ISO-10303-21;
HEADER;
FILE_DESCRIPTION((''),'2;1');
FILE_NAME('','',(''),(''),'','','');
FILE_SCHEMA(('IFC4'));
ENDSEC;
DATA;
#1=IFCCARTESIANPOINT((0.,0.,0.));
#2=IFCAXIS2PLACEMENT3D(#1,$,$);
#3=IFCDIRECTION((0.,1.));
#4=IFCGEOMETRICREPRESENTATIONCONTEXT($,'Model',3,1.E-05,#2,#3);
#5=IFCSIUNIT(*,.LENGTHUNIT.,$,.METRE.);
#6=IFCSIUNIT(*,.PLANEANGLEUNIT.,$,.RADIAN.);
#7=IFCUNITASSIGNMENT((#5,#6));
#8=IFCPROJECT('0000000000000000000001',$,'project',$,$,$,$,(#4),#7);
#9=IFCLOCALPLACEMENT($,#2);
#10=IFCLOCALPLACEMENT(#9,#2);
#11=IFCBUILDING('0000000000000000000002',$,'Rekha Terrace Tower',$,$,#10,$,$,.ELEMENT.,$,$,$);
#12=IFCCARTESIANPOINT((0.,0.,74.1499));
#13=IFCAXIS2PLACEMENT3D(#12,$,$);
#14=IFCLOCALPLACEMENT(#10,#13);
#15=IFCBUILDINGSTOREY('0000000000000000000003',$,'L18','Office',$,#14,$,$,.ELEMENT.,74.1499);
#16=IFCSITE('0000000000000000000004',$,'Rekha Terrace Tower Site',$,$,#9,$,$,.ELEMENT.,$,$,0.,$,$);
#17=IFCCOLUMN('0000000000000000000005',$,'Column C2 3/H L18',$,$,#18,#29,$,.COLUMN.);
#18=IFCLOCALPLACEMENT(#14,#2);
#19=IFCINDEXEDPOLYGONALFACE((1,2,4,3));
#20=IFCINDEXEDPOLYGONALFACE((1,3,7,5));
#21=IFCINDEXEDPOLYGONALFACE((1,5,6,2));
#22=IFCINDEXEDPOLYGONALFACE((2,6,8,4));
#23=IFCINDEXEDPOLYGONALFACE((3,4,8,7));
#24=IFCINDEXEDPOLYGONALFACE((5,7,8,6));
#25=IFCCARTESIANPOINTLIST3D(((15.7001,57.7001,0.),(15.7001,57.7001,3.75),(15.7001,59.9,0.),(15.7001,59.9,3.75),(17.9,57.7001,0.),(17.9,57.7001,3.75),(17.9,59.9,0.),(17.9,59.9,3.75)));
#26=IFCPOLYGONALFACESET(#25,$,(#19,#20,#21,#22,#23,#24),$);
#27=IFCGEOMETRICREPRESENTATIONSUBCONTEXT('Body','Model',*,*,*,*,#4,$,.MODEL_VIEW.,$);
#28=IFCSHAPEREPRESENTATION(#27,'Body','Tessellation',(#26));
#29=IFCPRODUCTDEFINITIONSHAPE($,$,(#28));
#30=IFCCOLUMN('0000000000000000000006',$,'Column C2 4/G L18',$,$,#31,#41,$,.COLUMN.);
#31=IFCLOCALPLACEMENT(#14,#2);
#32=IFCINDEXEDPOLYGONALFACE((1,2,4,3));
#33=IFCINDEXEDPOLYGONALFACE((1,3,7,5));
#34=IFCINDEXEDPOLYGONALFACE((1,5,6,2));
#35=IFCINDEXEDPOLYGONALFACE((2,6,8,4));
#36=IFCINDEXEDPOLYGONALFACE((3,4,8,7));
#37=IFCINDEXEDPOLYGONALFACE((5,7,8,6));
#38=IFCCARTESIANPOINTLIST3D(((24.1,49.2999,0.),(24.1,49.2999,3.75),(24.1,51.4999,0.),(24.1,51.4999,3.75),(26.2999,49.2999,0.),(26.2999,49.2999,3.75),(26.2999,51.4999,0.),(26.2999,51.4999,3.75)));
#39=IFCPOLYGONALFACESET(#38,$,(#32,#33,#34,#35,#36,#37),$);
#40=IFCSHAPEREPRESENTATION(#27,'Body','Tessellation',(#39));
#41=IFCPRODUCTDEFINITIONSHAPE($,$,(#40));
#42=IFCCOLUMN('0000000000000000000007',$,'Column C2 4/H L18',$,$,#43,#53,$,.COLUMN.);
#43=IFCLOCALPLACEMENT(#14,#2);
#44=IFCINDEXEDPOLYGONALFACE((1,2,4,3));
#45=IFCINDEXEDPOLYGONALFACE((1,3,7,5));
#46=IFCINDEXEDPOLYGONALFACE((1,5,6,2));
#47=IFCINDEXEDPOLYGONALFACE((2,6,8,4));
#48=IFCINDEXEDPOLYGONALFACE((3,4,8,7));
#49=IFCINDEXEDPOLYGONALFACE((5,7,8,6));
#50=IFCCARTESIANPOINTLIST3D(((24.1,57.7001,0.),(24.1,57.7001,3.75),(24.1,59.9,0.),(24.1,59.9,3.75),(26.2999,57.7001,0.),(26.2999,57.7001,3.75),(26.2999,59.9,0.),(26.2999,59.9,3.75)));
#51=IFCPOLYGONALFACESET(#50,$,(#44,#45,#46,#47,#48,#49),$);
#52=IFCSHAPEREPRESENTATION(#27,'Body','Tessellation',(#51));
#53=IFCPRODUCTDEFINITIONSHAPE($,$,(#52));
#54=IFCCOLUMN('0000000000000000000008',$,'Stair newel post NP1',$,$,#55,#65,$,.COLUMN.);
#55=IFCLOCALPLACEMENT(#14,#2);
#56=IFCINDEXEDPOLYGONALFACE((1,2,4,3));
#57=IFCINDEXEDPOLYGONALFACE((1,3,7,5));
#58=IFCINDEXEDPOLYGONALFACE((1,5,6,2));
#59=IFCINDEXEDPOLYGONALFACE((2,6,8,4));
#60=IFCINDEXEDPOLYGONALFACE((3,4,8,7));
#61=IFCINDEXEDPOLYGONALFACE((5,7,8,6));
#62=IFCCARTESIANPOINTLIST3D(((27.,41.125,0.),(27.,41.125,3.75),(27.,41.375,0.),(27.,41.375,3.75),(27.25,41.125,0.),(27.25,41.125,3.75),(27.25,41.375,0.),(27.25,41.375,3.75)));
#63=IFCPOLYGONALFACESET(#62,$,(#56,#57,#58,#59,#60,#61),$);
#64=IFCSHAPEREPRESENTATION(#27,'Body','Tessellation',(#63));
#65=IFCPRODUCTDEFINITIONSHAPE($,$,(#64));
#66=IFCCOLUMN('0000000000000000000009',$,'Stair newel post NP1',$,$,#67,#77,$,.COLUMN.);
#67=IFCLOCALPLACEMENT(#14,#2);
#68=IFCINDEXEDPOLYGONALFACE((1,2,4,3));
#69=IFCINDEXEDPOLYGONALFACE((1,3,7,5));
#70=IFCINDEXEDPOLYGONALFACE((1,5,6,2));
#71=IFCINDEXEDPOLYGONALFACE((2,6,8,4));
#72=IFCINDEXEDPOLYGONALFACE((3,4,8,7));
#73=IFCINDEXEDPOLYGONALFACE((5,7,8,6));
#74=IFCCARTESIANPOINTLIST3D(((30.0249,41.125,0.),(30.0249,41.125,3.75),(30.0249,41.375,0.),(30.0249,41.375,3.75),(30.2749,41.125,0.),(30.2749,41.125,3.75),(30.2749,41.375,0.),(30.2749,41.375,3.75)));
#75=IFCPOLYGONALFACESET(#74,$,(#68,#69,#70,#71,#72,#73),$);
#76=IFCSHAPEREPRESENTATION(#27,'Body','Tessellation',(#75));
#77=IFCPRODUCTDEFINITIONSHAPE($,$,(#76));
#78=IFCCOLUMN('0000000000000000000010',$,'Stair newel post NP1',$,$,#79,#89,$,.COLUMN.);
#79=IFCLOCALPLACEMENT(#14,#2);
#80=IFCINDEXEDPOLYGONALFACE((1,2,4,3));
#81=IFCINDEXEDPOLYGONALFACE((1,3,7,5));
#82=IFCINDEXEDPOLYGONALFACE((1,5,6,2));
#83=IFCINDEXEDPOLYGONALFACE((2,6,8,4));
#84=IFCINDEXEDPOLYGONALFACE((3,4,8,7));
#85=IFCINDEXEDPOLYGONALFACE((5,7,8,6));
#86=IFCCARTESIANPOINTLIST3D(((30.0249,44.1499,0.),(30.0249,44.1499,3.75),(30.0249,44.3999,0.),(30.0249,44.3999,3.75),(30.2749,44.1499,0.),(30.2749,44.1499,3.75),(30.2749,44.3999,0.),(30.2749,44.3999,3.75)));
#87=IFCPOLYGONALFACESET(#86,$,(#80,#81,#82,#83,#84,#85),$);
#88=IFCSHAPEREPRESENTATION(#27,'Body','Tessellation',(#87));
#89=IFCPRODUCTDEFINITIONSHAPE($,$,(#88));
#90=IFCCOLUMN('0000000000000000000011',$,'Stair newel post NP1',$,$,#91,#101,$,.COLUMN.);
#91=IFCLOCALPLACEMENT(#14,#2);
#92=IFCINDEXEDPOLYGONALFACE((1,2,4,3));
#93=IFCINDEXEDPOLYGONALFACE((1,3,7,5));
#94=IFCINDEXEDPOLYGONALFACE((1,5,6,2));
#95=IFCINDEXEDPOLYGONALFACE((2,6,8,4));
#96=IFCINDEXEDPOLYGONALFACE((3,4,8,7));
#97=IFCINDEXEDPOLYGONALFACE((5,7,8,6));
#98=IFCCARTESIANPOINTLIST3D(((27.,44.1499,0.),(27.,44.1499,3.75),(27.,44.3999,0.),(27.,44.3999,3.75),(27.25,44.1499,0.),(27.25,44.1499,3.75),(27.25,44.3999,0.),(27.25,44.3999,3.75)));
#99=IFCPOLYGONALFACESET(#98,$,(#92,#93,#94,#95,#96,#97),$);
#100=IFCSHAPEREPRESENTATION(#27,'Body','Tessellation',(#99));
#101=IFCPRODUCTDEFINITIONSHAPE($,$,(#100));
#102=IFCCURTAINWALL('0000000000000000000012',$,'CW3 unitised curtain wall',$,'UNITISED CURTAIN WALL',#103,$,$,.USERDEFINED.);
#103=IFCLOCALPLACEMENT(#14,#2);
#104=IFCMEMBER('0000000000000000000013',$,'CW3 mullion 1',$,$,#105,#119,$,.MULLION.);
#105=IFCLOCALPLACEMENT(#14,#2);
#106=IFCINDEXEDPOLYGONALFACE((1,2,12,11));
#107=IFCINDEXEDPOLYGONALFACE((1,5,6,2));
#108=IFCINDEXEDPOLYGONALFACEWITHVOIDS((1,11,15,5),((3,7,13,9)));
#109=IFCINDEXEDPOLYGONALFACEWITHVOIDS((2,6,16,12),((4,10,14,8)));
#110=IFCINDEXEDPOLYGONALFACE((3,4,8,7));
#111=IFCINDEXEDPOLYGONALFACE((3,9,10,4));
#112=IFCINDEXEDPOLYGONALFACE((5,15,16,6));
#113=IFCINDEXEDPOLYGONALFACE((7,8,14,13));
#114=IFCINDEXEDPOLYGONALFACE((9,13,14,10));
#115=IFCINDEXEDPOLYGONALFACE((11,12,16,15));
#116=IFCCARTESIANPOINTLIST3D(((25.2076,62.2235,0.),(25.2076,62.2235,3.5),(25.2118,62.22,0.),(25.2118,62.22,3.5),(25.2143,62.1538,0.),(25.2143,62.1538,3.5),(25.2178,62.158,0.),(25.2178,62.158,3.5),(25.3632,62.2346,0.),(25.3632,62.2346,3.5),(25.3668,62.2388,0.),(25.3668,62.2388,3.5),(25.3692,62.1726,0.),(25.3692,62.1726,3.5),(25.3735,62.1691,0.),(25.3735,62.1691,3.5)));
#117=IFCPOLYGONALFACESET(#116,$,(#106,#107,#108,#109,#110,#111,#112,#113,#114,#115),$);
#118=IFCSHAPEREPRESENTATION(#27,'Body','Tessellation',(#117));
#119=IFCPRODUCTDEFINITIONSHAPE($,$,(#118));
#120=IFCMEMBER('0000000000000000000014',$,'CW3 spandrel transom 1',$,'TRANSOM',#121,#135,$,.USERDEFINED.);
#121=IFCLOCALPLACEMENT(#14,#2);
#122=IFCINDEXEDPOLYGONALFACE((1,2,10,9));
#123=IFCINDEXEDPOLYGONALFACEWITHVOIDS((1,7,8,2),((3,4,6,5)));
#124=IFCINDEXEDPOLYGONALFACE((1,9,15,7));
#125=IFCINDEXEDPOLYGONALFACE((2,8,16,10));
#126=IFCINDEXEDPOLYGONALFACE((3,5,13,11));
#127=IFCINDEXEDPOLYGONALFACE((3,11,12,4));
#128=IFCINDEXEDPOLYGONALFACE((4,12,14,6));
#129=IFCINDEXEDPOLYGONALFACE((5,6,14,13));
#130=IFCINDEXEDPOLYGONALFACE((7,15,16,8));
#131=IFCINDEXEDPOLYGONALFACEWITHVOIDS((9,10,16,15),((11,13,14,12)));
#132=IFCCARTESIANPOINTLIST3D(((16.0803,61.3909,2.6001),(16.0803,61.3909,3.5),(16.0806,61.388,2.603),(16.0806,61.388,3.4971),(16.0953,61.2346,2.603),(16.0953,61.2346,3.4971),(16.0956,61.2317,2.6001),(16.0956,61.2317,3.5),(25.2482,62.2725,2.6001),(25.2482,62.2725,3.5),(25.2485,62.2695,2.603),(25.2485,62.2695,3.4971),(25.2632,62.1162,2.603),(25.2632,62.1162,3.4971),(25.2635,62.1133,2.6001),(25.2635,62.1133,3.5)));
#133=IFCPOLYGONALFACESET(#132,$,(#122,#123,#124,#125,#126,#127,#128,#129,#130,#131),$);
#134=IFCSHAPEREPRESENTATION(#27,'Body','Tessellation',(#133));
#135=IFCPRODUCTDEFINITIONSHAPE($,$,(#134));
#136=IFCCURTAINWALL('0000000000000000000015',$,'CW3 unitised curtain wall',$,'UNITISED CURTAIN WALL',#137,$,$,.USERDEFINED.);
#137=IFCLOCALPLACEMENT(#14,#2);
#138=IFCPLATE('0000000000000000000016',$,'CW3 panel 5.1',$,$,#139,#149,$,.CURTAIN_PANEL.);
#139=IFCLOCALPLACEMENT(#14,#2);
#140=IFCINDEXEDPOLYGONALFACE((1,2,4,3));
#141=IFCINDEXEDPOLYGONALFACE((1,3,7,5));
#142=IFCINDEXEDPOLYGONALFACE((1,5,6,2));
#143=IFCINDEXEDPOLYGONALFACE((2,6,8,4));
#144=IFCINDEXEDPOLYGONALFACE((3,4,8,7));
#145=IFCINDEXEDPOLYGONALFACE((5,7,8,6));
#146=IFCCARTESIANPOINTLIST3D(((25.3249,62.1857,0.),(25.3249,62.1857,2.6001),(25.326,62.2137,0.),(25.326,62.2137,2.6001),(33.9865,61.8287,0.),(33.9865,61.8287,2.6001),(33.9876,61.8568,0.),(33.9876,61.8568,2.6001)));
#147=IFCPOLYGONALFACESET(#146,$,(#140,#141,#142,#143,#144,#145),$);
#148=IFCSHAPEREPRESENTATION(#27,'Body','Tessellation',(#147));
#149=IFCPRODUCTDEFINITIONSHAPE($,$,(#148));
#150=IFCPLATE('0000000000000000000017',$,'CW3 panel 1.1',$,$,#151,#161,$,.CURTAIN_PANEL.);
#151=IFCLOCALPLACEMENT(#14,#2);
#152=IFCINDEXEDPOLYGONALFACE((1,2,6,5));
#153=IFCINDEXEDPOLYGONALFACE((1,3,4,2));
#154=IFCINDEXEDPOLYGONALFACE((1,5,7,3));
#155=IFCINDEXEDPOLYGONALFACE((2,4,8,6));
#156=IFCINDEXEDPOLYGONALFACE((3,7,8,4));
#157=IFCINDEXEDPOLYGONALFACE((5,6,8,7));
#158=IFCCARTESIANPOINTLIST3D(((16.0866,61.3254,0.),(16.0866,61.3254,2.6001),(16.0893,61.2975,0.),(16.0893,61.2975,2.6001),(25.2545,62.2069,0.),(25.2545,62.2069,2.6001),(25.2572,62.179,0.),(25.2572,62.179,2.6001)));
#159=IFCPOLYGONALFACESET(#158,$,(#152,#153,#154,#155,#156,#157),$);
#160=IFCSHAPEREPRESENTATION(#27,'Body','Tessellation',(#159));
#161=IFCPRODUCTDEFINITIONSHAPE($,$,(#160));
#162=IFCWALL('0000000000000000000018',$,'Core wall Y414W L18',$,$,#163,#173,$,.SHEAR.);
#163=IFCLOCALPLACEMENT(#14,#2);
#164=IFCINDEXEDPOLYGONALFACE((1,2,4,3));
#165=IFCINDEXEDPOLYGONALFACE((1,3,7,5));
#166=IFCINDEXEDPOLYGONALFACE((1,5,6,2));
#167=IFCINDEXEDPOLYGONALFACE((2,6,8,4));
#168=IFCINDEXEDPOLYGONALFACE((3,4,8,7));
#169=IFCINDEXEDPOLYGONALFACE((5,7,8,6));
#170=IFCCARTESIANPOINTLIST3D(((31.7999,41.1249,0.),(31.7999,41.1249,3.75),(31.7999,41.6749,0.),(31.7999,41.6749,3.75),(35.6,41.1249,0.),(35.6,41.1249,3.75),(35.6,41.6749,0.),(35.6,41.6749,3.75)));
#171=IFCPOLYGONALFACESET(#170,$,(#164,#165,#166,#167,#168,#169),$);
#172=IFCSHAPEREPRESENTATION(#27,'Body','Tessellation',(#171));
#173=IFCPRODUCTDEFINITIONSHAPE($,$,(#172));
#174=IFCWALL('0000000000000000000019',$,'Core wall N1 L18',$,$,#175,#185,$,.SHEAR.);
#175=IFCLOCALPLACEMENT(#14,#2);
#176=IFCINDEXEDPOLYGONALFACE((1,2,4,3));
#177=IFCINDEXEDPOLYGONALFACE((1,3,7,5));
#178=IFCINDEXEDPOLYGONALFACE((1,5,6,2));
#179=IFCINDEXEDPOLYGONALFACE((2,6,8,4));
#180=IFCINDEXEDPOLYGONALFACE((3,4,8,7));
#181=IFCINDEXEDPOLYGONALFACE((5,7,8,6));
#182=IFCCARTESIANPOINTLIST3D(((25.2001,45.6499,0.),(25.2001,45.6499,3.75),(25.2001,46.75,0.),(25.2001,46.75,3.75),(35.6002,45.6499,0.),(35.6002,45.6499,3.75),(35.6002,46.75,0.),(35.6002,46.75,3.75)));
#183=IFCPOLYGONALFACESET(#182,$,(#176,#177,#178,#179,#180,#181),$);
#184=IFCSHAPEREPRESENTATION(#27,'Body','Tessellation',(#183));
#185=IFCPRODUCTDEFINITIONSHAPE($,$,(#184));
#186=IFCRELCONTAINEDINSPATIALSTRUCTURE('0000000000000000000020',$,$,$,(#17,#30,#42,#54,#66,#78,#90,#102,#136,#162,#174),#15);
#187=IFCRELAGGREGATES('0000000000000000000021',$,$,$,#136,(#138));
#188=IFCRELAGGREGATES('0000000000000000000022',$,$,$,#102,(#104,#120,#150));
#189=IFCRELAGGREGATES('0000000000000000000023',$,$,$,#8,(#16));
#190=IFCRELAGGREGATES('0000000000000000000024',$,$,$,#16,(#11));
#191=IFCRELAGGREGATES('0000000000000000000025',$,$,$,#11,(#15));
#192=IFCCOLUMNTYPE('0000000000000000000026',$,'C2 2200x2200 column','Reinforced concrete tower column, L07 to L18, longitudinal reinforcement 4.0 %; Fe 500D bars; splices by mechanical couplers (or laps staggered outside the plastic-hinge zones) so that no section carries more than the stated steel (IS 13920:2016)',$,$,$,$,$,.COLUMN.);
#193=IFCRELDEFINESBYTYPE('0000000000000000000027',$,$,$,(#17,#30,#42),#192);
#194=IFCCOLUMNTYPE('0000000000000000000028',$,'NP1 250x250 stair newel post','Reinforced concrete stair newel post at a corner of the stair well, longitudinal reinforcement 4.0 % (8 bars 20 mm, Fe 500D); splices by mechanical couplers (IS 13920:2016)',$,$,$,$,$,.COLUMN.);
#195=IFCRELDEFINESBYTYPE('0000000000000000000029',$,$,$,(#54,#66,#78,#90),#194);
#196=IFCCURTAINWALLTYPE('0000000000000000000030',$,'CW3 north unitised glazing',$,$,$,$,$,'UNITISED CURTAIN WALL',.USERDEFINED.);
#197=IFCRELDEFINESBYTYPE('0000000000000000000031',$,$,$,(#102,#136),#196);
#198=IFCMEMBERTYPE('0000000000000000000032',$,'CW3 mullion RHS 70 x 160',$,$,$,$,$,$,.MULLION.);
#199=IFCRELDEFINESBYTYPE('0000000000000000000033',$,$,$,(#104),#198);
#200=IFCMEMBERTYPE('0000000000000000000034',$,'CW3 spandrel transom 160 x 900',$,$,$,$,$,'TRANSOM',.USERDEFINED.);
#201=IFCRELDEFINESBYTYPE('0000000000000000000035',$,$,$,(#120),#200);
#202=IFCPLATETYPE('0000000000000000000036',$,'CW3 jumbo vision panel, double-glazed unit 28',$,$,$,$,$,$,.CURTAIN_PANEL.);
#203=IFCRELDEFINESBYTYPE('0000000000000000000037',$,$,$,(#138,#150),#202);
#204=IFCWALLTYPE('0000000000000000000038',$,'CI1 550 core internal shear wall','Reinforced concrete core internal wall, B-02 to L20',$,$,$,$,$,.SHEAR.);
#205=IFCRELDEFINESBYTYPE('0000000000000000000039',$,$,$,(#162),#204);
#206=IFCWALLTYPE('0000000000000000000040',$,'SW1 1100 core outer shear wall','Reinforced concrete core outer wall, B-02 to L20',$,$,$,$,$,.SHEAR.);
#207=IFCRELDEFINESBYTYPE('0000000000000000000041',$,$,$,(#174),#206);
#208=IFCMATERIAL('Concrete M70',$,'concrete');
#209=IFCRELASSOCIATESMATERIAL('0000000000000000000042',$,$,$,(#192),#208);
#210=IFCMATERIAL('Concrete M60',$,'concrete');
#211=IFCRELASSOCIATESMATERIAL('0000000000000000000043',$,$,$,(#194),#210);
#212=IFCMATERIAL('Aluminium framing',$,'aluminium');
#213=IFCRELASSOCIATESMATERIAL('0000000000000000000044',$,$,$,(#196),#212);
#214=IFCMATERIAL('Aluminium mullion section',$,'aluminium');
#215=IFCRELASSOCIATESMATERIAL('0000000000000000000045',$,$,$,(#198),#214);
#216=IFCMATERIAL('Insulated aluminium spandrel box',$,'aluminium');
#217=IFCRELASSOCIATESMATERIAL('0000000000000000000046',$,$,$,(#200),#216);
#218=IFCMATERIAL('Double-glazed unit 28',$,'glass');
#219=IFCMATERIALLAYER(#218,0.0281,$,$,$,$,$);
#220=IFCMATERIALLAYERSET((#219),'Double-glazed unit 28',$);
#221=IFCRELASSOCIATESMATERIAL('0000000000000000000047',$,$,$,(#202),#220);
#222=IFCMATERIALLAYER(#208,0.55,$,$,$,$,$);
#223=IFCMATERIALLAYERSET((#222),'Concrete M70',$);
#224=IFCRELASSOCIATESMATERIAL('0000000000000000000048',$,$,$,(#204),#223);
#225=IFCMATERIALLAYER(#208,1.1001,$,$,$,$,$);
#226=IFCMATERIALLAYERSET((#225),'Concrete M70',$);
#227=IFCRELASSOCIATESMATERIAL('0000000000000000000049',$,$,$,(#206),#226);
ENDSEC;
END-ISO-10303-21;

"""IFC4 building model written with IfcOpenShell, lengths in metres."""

from ifc_helpers import new_model, si_unit, direction, frame, frame_2d, origin, origin_2d, place, context, subcontext, project, spatial, rectangle, hollow_rectangle, extrude, material, layer, layer_set, material_profile, profile_set, type_object, element, aggregate, save


model = new_model("IFC4")

# Units and contexts
model_context = context("Model", 3, precision=1e-05, world=origin(), true_north=direction((0.0, 1.0)))
body_context = subcontext(model_context, "Body", "Model", "MODEL_VIEW")
ifc_project = project(units=[si_unit("LENGTHUNIT", "METRE"), si_unit("PLANEANGLEUNIT", "RADIAN")], contexts=[model_context])

# Site, building, storey
site_placement = place(None, origin())
site = spatial("IfcSite", under=ifc_project, at=site_placement, Name="Rekha Terrace Tower Site", CompositionType="ELEMENT", RefElevation=0.0)
building_placement = place(site_placement, origin())
building = spatial("IfcBuilding", under=site, at=building_placement, Name="Rekha Terrace Tower", CompositionType="ELEMENT")
storey_placement = place(building_placement, frame((0.0, 0.0, 74.1499)))
storey = spatial("IfcBuildingStorey", under=building, at=storey_placement, Name="L18", Description="Office", CompositionType="ELEMENT", Elevation=74.1499)

# Columns
ifc_material_1 = material(Name="Concrete M70", Category="concrete")
ifc_material_profile_1 = material_profile(ifc_material_1, rectangle(XDim=2.2, YDim=2.2, at=origin_2d()), Name="RC 2200x2200")
ifc_profile_set_1 = profile_set([ifc_material_profile_1], Name="Concrete M70")
column_type_1 = type_object("IfcColumnType", Name="C2 2200x2200 column", Description="Reinforced concrete tower column, L07 to L18, longitudinal reinforcement 4.0 %; Fe 500D bars; splices by mechanical couplers (or laps staggered outside the plastic-hinge zones) so that no section carries more than the stated steel (IS 13920:2016)", PredefinedType="COLUMN", material=ifc_profile_set_1)
for number, where, z_axis, x_axis, name in (
    (1, (16.8, 58.8, 0.0), (0.0, 0.0, 1.0), (1.0, 0.0, 0.0), "Column C2 3/H L18"),
    (2, (25.2, 50.3999, 0.0), (0.0, 0.0, 1.0), (1.0, 0.0, 0.0), "Column C2 4/G L18"),
    (3, (25.2, 58.8, 0.0), (0.0, 0.0, 1.0), (1.0, 0.0, 0.0), "Column C2 4/H L18"),
):
    element("IfcColumn", number, at=place(storey_placement, frame(where, z_axis=z_axis, x_axis=x_axis)), inside=storey, type_object=column_type_1, Name=name, PredefinedType="COLUMN", context=body_context, shape_type="SweptSolid", body=[
        extrude(rectangle(XDim=2.2, YDim=2.2, at=origin_2d()), origin(), (0.0, 0.0, 1.0), 3.75),
    ])
ifc_material_2 = material(Name="Concrete M60", Category="concrete")
ifc_material_profile_2 = material_profile(ifc_material_2, rectangle(XDim=0.25, YDim=0.25, at=origin_2d()), Name="RC 250x250")
ifc_profile_set_2 = profile_set([ifc_material_profile_2], Name="Concrete M60")
column_type_2 = type_object("IfcColumnType", Name="NP1 250x250 stair newel post", Description="Reinforced concrete stair newel post at a corner of the stair well, longitudinal reinforcement 4.0 % (8 bars 20 mm, Fe 500D); splices by mechanical couplers (IS 13920:2016)", PredefinedType="COLUMN", material=ifc_profile_set_2)
for number, where, z_axis, x_axis, name in (
    (4, (27.125, 41.25, 0.0), (0.0, 0.0, 1.0), (1.0, 0.0, 0.0), "Stair newel post NP1"),
    (5, (30.1499, 41.25, 0.0), (0.0, 0.0, 1.0), (1.0, 0.0, 0.0), "Stair newel post NP1"),
    (6, (30.1499, 44.2749, 0.0), (0.0, 0.0, 1.0), (1.0, 0.0, 0.0), "Stair newel post NP1"),
    (7, (27.125, 44.2749, 0.0), (0.0, 0.0, 1.0), (1.0, 0.0, 0.0), "Stair newel post NP1"),
):
    element("IfcColumn", number, at=place(storey_placement, frame(where, z_axis=z_axis, x_axis=x_axis)), inside=storey, type_object=column_type_2, Name=name, PredefinedType="COLUMN", context=body_context, shape_type="SweptSolid", body=[
        extrude(rectangle(XDim=0.25, YDim=0.25, at=origin_2d()), origin(), (0.0, 0.0, 1.0), 3.75),
    ])

# Curtain wall, members
ifc_material_3 = material(Name="Aluminium framing", Category="aluminium")
curtain_wall_type = type_object("IfcCurtainWallType", Name="CW3 north unitised glazing", ElementType="UNITISED CURTAIN WALL", PredefinedType="USERDEFINED", material=ifc_material_3)
curtain_wall_1_placement = place(storey_placement, origin())
curtain_wall_1 = element("IfcCurtainWall", 8, at=curtain_wall_1_placement, inside=storey, type_object=curtain_wall_type, Name="CW3 unitised curtain wall", ObjectType="UNITISED CURTAIN WALL", PredefinedType="USERDEFINED")
ifc_material_4 = material(Name="Aluminium mullion section", Category="aluminium")
ifc_material_profile_3 = material_profile(ifc_material_4, hollow_rectangle(XDim=0.0701, YDim=0.1599, WallThickness=0.0039, at=origin_2d()), Name="AL RHS 70x160")
ifc_profile_set_3 = profile_set([ifc_material_profile_3], Name="Aluminium mullion section")
member_type_1 = type_object("IfcMemberType", Name="CW3 mullion RHS 70 x 160", PredefinedType="MULLION", material=ifc_profile_set_3)
member_1_placement = place(storey_placement, frame((25.2905, 62.1963, 0.0), z_axis=(0.0, 0.0, 1.0), x_axis=(0.095712, -0.995409, 0.0)))
member_1 = element("IfcMember", 9, at=member_1_placement, type_object=member_type_1, Name="CW3 mullion 1", PredefinedType="MULLION", context=body_context, shape_type="SweptSolid", body=[
    extrude(hollow_rectangle(XDim=0.0701, YDim=0.1599, WallThickness=0.0039, at=origin_2d()), origin(), (0.0, 0.0, 1.0), 3.5),
])
ifc_material_5 = material(Name="Insulated aluminium spandrel box", Category="aluminium")
ifc_material_profile_4 = material_profile(ifc_material_5, hollow_rectangle(XDim=0.1599, YDim=0.8999, WallThickness=0.0029, at=origin_2d()), Name="AL SPANDREL BOX 160x900")
ifc_profile_set_4 = profile_set([ifc_material_profile_4], Name="Insulated aluminium spandrel box")
member_type_2 = type_object("IfcMemberType", Name="CW3 spandrel transom 160 x 900", ElementType="TRANSOM", PredefinedType="USERDEFINED", material=ifc_profile_set_4)
member_2_placement = place(storey_placement, frame((25.2559, 62.1929, 3.05), z_axis=(-0.995408, -0.095718, 0.0), x_axis=(0.095718, -0.995408, 0.0)))
member_2 = element("IfcMember", 10, at=member_2_placement, type_object=member_type_2, Name="CW3 spandrel transom 1", ObjectType="TRANSOM", PredefinedType="USERDEFINED", context=body_context, shape_type="SweptSolid", body=[
    extrude(hollow_rectangle(XDim=0.1599, YDim=0.8999, WallThickness=0.0029, at=origin_2d()), origin(), (0.0, 0.0, 1.0), 9.2102),
])

# Curtain wall, plate
curtain_wall_2_placement = place(storey_placement, origin())
curtain_wall_2 = element("IfcCurtainWall", 11, at=curtain_wall_2_placement, inside=storey, type_object=curtain_wall_type, Name="CW3 unitised curtain wall", ObjectType="UNITISED CURTAIN WALL", PredefinedType="USERDEFINED")
ifc_material_6 = material(Name="Double-glazed unit 28", Category="glass")
ifc_layer_1 = layer(ifc_material_6, 0.0281)
ifc_layer_set_1 = layer_set([ifc_layer_1], Name="Double-glazed unit 28")
plate_type = type_object("IfcPlateType", Name="CW3 jumbo vision panel, double-glazed unit 28", PredefinedType="CURTAIN_PANEL", material=ifc_layer_set_1)
plate_1_placement = place(storey_placement, frame((29.6562, 62.0212, 0.0), z_axis=(0.0, 0.0, 1.0), x_axis=(-0.999152, 0.041174, 0.0)))
plate_1 = element("IfcPlate", 12, at=plate_1_placement, type_object=plate_type, Name="CW3 panel 5.1", PredefinedType="CURTAIN_PANEL", context=body_context, shape_type="SweptSolid", body=[
    extrude(rectangle(XDim=8.6689, YDim=0.0281, at=origin_2d()), origin(), (0.0, 0.0, 1.0), 2.6001),
])
aggregate(curtain_wall_2, [plate_1])

# Plate
plate_2_placement = place(storey_placement, frame((20.6719, 61.7522, 0.0), z_axis=(0.0, 0.0, 1.0), x_axis=(-0.995409, -0.095712, 0.0)))
plate_2 = element("IfcPlate", 13, at=plate_2_placement, type_object=plate_type, Name="CW3 panel 1.1", PredefinedType="CURTAIN_PANEL", context=body_context, shape_type="SweptSolid", body=[
    extrude(rectangle(XDim=9.2102, YDim=0.0281, at=origin_2d()), origin(), (0.0, 0.0, 1.0), 2.6001),
])
aggregate(curtain_wall_1, [member_1, member_2, plate_2])

# Walls
ifc_layer_2 = layer(ifc_material_1, 0.55)
ifc_layer_set_2 = layer_set([ifc_layer_2], Name="Concrete M70")
wall_type_1 = type_object("IfcWallType", Name="CI1 550 core internal shear wall", Description="Reinforced concrete core internal wall, B-02 to L20", PredefinedType="SHEAR", material=ifc_layer_set_2)
wall_1_placement = place(storey_placement, frame((31.8, 41.3999, 0.0), z_axis=(0.0, 0.0, 1.0), x_axis=(1.0, 0.0, 0.0)))
element("IfcWall", 14, at=wall_1_placement, inside=storey, type_object=wall_type_1, Name="Core wall Y414W L18", PredefinedType="SHEAR", context=body_context, shape_type="SweptSolid", body=[
    extrude(rectangle(XDim=3.8, YDim=0.55, at=frame_2d((1.8999, 0.0))), origin(), (0.0, 0.0, 1.0), 3.75),
])
ifc_layer_3 = layer(ifc_material_1, 1.1001)
ifc_layer_set_3 = layer_set([ifc_layer_3], Name="Concrete M70")
wall_type_2 = type_object("IfcWallType", Name="SW1 1100 core outer shear wall", Description="Reinforced concrete core outer wall, B-02 to L20", PredefinedType="SHEAR", material=ifc_layer_set_3)
wall_2_placement = place(storey_placement, frame((25.2, 46.2, 0.0), z_axis=(0.0, 0.0, 1.0), x_axis=(1.0, 0.0, 0.0)))
element("IfcWall", 15, at=wall_2_placement, inside=storey, type_object=wall_type_2, Name="Core wall N1 L18", PredefinedType="SHEAR", context=body_context, shape_type="SweptSolid", body=[
    extrude(rectangle(XDim=10.4001, YDim=1.1001, at=frame_2d((5.2002, 0.0))), origin(), (0.0, 0.0, 1.0), 3.75),
])

save(model, "model.ifc")
